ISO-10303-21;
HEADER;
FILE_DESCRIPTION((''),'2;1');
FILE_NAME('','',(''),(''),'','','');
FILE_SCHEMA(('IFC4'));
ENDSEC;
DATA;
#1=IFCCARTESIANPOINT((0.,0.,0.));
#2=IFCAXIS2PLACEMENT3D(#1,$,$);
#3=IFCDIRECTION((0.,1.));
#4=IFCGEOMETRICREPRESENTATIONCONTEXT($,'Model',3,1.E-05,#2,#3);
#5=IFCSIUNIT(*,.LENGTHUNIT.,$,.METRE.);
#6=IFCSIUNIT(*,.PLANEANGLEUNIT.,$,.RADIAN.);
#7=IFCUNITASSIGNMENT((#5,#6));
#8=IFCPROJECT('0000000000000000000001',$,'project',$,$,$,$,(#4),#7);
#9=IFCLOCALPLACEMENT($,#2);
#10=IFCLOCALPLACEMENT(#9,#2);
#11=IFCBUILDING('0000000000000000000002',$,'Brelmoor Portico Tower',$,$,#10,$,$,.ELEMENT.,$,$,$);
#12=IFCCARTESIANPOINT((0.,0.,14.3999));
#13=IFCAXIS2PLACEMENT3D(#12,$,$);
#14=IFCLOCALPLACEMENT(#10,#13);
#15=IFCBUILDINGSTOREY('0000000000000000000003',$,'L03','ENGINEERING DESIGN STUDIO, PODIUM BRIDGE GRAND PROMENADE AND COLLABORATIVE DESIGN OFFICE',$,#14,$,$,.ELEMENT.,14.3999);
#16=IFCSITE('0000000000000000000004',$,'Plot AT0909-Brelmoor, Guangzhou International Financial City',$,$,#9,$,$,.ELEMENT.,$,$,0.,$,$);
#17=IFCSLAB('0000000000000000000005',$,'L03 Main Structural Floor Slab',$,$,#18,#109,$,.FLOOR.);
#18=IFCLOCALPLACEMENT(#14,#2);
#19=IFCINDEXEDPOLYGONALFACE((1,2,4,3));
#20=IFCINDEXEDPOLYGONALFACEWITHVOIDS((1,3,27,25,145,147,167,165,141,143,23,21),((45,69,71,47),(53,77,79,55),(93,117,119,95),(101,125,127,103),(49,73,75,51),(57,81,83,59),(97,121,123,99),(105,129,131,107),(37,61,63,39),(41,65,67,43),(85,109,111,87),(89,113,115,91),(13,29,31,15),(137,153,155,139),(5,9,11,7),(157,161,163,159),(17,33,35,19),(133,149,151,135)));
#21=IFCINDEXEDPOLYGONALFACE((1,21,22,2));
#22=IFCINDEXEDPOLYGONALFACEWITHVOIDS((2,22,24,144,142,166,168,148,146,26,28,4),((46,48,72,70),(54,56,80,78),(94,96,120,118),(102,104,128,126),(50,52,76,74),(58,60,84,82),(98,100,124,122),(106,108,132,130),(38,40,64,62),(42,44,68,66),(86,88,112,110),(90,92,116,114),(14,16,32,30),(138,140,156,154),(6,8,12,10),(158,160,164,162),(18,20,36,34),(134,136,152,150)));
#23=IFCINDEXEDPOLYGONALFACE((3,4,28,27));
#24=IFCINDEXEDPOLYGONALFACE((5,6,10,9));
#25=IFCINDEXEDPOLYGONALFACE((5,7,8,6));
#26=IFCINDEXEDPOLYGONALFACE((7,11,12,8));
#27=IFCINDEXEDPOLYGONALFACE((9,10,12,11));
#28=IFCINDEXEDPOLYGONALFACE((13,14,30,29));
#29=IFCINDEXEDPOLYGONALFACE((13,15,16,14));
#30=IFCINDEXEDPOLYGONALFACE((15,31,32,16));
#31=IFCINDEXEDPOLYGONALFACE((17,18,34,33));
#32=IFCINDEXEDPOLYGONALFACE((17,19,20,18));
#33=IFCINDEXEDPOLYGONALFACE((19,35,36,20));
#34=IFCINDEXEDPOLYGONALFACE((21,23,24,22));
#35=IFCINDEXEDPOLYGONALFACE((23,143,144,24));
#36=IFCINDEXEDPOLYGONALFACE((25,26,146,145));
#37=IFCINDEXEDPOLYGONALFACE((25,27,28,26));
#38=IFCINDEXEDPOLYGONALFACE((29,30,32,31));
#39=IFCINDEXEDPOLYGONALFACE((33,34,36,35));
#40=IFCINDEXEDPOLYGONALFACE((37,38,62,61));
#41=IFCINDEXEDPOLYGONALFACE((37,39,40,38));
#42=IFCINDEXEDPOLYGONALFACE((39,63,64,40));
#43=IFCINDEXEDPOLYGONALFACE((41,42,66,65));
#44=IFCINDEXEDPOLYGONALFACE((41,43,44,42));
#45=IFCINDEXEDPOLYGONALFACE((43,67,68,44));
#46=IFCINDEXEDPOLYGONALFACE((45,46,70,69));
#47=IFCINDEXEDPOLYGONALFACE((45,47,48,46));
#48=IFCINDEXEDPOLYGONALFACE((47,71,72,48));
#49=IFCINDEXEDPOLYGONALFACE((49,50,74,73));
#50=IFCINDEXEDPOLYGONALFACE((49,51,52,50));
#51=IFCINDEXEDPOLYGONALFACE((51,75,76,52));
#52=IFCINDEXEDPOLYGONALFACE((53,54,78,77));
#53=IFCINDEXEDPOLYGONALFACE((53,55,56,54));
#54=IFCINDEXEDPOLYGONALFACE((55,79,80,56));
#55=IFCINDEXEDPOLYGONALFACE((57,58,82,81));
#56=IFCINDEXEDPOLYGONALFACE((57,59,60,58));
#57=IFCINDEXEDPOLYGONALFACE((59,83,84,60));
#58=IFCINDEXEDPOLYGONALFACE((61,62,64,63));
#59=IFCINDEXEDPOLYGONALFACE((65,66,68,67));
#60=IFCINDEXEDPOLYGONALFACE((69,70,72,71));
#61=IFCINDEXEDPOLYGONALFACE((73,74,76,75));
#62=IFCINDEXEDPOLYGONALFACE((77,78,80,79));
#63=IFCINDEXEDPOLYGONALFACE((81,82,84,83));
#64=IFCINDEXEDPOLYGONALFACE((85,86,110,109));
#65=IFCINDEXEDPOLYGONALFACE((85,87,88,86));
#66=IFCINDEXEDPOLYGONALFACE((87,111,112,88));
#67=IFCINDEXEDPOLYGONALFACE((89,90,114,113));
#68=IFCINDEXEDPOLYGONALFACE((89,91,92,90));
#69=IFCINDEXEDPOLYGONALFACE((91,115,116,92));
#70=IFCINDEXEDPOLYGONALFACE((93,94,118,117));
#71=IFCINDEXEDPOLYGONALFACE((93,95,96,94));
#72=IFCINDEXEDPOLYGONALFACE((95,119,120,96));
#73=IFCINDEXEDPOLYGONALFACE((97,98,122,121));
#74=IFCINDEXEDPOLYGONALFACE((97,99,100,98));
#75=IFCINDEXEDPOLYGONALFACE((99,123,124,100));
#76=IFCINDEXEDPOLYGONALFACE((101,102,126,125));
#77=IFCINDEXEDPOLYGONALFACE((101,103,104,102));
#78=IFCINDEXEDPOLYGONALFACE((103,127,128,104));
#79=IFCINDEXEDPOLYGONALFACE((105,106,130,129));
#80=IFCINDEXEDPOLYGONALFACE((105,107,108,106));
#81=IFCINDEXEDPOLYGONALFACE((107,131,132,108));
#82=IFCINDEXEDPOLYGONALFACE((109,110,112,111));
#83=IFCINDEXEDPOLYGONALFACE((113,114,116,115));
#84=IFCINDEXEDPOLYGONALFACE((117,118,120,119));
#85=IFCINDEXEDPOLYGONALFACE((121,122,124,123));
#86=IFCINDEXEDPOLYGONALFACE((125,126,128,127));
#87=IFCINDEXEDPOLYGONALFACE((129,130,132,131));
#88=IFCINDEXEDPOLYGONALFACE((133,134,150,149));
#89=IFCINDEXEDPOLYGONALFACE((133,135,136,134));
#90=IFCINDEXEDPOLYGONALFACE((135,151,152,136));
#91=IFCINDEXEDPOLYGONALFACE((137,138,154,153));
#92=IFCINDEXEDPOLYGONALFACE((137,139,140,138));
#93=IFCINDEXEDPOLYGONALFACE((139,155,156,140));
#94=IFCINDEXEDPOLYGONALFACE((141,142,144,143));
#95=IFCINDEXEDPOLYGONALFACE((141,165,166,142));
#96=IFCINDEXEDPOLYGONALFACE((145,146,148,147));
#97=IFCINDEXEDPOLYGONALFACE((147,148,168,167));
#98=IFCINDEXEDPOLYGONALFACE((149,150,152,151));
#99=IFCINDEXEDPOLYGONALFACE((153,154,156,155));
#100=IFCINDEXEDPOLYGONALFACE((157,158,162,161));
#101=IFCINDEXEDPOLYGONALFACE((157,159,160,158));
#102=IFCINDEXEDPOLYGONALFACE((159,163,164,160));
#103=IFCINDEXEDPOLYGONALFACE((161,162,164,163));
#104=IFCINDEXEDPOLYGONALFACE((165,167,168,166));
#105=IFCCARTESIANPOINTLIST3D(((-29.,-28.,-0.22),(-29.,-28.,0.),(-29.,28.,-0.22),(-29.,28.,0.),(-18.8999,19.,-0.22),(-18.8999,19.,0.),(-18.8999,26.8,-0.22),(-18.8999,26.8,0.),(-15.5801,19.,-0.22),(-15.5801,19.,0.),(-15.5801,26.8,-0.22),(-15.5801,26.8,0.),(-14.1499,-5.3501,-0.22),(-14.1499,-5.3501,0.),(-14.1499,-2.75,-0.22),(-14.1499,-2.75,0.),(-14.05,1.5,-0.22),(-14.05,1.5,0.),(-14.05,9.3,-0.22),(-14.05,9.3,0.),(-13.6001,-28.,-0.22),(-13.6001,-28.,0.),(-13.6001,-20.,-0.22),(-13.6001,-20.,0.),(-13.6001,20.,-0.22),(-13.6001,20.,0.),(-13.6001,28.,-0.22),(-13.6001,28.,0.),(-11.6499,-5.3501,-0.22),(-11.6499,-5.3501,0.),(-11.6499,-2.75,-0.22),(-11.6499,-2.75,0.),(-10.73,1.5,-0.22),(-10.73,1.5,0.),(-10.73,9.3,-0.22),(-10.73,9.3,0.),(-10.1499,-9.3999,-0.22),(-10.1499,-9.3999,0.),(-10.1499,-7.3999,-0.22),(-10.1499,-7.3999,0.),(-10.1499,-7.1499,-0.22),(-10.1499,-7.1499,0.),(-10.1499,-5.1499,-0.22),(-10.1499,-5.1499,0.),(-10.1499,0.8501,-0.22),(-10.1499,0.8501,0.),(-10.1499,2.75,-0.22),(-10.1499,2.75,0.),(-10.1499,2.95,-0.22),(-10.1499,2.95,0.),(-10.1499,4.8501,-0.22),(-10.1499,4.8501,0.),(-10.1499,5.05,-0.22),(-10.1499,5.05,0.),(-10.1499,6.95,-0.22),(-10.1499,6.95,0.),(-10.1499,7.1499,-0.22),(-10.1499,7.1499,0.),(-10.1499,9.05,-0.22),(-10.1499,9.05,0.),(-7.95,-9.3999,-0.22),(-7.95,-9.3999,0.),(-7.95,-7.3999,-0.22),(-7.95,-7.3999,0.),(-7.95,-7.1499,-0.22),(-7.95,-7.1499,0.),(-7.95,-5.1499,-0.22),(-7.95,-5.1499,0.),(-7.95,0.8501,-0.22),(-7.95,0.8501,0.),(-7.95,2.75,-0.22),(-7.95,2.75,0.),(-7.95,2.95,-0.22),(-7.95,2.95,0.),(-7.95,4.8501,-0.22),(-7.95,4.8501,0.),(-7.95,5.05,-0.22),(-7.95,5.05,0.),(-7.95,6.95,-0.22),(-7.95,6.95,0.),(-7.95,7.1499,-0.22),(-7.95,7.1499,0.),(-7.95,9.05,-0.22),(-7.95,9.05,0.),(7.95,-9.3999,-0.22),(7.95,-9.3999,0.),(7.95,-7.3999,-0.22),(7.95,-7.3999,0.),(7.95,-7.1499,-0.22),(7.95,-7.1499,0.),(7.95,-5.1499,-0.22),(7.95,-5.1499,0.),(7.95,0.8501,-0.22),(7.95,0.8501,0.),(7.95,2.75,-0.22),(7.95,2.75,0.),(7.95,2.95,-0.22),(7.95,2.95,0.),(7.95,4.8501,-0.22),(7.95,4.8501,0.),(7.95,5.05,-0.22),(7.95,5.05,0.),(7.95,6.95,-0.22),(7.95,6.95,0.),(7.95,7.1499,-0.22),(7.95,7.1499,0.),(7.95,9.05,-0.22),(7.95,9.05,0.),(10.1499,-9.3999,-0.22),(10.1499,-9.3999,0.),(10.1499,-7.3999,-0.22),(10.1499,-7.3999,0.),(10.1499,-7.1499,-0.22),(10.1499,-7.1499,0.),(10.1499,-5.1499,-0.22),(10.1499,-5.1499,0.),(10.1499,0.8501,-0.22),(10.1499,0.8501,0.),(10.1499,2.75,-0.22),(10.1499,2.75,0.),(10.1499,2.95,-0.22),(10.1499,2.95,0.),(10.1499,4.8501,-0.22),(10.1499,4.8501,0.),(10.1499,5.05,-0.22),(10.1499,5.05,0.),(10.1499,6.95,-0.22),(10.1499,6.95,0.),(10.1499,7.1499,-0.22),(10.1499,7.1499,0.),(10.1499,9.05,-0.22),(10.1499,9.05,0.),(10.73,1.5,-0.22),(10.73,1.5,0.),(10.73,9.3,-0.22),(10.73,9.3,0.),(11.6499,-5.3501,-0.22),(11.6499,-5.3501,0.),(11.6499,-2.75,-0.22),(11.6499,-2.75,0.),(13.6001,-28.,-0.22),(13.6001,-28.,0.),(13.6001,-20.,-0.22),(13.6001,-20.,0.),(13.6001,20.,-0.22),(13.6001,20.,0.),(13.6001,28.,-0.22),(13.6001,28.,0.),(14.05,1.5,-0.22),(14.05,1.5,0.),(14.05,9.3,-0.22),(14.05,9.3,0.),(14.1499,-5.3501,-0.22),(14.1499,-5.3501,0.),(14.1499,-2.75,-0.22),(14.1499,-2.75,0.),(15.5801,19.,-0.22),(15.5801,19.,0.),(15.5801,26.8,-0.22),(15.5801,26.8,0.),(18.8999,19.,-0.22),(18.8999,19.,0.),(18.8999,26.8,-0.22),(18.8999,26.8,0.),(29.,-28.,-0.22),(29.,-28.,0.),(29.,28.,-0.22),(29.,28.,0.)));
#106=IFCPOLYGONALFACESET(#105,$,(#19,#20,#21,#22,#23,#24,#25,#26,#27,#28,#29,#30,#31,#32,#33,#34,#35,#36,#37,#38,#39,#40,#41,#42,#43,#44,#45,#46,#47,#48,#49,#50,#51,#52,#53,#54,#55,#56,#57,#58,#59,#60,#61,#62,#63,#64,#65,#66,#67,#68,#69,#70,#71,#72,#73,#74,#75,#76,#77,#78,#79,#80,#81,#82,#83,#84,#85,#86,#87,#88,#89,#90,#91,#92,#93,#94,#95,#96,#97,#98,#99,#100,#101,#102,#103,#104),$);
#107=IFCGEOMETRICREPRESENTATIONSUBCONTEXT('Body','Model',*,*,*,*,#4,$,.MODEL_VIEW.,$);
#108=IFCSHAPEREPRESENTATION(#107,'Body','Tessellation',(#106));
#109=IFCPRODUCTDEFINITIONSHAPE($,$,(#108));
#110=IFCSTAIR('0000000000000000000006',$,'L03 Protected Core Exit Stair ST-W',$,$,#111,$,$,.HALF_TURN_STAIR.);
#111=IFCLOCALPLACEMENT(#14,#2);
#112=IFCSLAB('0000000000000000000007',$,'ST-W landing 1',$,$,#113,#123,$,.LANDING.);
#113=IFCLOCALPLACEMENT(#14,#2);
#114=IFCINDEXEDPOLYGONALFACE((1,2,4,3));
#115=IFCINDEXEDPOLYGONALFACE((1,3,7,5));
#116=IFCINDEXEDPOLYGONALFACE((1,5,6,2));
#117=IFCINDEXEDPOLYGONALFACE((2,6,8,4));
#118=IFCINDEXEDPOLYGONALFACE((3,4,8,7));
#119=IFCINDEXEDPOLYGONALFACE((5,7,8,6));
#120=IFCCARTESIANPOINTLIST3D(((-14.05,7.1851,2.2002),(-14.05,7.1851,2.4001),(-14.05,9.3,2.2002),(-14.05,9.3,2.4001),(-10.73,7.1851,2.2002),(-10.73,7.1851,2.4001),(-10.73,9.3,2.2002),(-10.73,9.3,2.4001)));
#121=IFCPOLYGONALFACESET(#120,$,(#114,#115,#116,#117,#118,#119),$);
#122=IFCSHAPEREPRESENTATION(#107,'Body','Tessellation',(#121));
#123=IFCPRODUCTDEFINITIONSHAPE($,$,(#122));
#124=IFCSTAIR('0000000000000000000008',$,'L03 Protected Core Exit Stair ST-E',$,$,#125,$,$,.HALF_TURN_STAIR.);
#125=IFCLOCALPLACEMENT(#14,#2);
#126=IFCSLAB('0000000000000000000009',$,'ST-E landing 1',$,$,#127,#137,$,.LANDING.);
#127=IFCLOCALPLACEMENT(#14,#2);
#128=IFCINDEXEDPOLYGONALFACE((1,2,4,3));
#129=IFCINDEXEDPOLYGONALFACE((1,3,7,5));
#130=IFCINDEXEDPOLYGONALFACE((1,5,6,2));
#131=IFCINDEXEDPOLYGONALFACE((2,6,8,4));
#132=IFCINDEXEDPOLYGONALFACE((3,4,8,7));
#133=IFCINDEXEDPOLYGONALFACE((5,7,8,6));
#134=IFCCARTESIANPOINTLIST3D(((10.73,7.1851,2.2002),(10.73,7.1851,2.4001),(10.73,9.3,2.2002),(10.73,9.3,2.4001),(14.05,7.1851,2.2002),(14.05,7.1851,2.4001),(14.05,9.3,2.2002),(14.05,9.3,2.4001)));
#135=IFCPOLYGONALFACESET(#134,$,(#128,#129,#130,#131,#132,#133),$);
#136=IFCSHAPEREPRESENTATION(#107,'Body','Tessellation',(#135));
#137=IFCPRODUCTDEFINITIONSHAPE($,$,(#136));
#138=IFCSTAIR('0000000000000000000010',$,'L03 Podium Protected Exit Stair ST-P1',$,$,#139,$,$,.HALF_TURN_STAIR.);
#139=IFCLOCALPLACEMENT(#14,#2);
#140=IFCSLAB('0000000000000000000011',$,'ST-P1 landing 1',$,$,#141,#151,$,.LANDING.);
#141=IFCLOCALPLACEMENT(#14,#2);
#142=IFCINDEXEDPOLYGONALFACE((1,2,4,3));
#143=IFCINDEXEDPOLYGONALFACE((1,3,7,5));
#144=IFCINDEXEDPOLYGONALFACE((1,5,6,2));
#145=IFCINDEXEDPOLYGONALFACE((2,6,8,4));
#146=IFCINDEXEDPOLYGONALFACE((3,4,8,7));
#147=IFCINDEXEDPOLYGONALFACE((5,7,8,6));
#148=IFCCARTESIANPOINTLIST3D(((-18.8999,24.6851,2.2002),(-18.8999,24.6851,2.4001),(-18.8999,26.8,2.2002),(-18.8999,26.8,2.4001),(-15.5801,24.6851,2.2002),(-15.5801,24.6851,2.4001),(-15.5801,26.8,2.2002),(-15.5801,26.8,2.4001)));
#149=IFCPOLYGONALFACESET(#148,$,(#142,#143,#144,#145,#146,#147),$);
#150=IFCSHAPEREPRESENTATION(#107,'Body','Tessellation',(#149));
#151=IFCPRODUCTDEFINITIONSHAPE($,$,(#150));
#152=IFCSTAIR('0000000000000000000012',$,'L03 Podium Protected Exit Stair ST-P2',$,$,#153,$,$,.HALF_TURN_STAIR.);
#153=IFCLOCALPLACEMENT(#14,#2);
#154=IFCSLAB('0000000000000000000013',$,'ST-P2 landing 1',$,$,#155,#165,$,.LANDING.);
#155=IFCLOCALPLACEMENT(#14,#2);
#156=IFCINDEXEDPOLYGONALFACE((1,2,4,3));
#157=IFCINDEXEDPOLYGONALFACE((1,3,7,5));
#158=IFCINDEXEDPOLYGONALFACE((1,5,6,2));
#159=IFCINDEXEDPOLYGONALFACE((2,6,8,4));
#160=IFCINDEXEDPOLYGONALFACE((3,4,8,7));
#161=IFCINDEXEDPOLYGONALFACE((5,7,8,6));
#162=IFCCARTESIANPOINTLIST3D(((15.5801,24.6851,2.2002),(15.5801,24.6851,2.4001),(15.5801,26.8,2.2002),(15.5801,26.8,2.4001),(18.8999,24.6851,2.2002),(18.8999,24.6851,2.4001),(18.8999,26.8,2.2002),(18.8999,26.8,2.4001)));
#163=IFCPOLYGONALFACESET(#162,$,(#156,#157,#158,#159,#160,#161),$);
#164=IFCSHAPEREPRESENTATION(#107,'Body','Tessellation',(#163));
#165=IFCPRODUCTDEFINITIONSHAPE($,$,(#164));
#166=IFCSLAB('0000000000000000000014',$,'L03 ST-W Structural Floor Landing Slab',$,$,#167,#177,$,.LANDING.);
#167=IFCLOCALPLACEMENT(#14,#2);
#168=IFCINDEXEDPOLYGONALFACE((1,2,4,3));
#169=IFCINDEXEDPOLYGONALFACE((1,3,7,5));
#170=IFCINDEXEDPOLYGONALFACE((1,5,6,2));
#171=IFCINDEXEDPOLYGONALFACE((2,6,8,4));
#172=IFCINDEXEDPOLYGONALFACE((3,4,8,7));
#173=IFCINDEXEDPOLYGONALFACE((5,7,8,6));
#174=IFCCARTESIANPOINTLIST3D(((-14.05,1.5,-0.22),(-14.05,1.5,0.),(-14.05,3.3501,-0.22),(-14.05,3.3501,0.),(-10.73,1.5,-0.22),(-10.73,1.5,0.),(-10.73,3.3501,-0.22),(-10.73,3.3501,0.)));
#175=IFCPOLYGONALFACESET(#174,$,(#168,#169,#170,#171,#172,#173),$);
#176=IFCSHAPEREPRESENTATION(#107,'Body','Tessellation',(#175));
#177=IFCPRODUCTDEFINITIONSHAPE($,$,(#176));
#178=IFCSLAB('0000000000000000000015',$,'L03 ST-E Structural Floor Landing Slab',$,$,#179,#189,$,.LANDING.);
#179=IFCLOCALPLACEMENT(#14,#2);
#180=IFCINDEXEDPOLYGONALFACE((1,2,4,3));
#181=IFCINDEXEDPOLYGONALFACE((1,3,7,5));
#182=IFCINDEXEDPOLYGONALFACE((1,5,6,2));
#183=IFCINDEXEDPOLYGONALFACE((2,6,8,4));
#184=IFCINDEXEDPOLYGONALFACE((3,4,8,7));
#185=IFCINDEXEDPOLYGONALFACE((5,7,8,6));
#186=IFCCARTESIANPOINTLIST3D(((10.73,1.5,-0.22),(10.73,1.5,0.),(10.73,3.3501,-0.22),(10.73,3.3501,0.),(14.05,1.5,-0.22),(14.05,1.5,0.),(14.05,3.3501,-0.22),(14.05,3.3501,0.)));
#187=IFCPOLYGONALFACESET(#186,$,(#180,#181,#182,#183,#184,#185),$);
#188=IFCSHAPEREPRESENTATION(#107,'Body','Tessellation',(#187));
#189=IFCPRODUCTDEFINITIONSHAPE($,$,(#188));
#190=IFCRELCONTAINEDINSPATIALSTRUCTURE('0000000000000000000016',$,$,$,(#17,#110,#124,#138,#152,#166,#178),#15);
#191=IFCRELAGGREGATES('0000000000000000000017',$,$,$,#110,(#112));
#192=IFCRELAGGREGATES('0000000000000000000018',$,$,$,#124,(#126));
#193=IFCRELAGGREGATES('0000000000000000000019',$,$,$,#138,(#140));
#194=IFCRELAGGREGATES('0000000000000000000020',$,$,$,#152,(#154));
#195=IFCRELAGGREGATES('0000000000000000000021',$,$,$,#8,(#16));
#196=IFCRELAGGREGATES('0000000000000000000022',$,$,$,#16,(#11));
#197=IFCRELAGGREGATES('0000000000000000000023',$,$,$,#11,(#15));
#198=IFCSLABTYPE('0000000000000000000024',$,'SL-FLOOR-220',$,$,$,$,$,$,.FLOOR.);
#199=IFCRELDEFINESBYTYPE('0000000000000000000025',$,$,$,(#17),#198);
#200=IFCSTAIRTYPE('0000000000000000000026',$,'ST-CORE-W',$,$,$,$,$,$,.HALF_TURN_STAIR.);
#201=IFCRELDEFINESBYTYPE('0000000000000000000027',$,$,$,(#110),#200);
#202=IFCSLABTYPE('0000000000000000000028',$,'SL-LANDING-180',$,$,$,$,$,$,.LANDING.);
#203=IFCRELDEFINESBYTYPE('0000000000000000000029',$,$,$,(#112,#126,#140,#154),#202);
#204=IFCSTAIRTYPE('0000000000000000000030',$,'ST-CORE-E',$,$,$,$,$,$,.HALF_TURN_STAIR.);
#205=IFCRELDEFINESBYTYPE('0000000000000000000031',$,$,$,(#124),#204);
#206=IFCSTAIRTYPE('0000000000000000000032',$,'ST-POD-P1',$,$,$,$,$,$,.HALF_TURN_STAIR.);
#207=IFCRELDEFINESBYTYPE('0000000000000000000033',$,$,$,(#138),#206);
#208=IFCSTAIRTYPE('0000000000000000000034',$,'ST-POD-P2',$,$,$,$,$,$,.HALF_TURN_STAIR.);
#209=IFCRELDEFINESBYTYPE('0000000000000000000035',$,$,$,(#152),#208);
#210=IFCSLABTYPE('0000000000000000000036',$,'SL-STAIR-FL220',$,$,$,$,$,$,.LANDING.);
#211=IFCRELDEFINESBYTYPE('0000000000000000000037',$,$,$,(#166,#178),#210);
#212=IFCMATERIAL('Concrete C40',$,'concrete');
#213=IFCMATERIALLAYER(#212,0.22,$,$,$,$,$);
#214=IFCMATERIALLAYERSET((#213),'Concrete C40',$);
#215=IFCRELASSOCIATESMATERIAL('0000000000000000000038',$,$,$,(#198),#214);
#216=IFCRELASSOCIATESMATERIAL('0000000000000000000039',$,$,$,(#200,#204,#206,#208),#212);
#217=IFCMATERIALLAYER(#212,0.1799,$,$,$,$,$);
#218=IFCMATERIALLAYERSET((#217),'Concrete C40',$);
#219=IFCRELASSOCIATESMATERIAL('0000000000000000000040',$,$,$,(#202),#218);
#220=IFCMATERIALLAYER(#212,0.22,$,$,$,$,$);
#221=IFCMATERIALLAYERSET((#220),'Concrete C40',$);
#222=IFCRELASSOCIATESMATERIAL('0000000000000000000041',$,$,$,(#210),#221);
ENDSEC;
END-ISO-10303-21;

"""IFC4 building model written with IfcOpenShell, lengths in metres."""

from ifc_helpers import new_model, si_unit, direction, frame, origin, place, context, subcontext, project, spatial, polyline, outline, extrude, material, layer, layer_set, type_object, element, aggregate, save


model = new_model("IFC4")

# Units and contexts
model_context = context("Model", 3, precision=1e-05, world=origin(), true_north=direction((0.0, 1.0)))
body_context = subcontext(model_context, "Body", "Model", "MODEL_VIEW")
ifc_project = project(units=[si_unit("LENGTHUNIT", "METRE"), si_unit("PLANEANGLEUNIT", "RADIAN")], contexts=[model_context])

# Site, building, storey
site_placement = place(None, origin())
site = spatial("IfcSite", under=ifc_project, at=site_placement, Name="Plot AT0909-Brelmoor, Guangzhou International Financial City", CompositionType="ELEMENT", RefElevation=0.0)
building_placement = place(site_placement, origin())
building = spatial("IfcBuilding", under=site, at=building_placement, Name="Brelmoor Portico Tower", CompositionType="ELEMENT")
storey_placement = place(building_placement, frame((0.0, 0.0, 14.3999)))
storey = spatial("IfcBuildingStorey", under=building, at=storey_placement, Name="L03", Description="ENGINEERING DESIGN STUDIO, PODIUM BRIDGE GRAND PROMENADE AND COLLABORATIVE DESIGN OFFICE", CompositionType="ELEMENT", Elevation=14.3999)

# Slab
ifc_material_1 = material(Name="Concrete C40", Category="concrete")
ifc_layer_1 = layer(ifc_material_1, 0.22)
ifc_layer_set_1 = layer_set([ifc_layer_1], Name="Concrete C40")
slab_type_1 = type_object("IfcSlabType", Name="SL-FLOOR-220", PredefinedType="FLOOR", material=ifc_layer_set_1)
slab_1_placement = place(storey_placement, frame((0.0, 0.0, -0.22)))
element("IfcSlab", 1, at=slab_1_placement, inside=storey, type_object=slab_type_1, Name="L03 Main Structural Floor Slab", PredefinedType="FLOOR", context=body_context, shape_type="SweptSolid", body=[
    extrude(outline(polyline([(-29.0, -28.0), (-13.6001, -28.0), (-13.6001, -20.0), (13.6001, -20.0), (13.6001, -28.0), (29.0, -28.0), (29.0, 28.0), (13.6001, 28.0), (13.6001, 20.0), (-13.6001, 20.0), (-13.6001, 28.0), (-29.0, 28.0), (-29.0, -28.0)]), holes=[polyline([(-10.73, 1.5), (-10.73, 9.3), (-14.05, 9.3), (-14.05, 1.5), (-10.73, 1.5)]), polyline([(14.05, 1.5), (14.05, 9.3), (10.73, 9.3), (10.73, 1.5), (14.05, 1.5)]), polyline([(-15.5801, 19.0), (-15.5801, 26.8), (-18.8999, 26.8), (-18.8999, 19.0), (-15.5801, 19.0)]), polyline([(18.8999, 19.0), (18.8999, 26.8), (15.5801, 26.8), (15.5801, 19.0), (18.8999, 19.0)]), polyline([(-10.1499, 0.8501), (-7.95, 0.8501), (-7.95, 2.75), (-10.1499, 2.75), (-10.1499, 0.8501)]), polyline([(-10.1499, 2.95), (-7.95, 2.95), (-7.95, 4.8501), (-10.1499, 4.8501), (-10.1499, 2.95)]), polyline([(-10.1499, 5.05), (-7.95, 5.05), (-7.95, 6.95), (-10.1499, 6.95), (-10.1499, 5.05)]), polyline([(-10.1499, 7.1499), (-7.95, 7.1499), (-7.95, 9.05), (-10.1499, 9.05), (-10.1499, 7.1499)]), polyline([(7.95, 0.8501), (10.1499, 0.8501), (10.1499, 2.75), (7.95, 2.75), (7.95, 0.8501)]), polyline([(7.95, 2.95), (10.1499, 2.95), (10.1499, 4.8501), (7.95, 4.8501), (7.95, 2.95)]), polyline([(7.95, 5.05), (10.1499, 5.05), (10.1499, 6.95), (7.95, 6.95), (7.95, 5.05)]), polyline([(7.95, 7.1499), (10.1499, 7.1499), (10.1499, 9.05), (7.95, 9.05), (7.95, 7.1499)]), polyline([(-10.1499, -9.3999), (-7.95, -9.3999), (-7.95, -7.3999), (-10.1499, -7.3999), (-10.1499, -9.3999)]), polyline([(-10.1499, -7.1499), (-7.95, -7.1499), (-7.95, -5.1499), (-10.1499, -5.1499), (-10.1499, -7.1499)]), polyline([(7.95, -9.3999), (10.1499, -9.3999), (10.1499, -7.3999), (7.95, -7.3999), (7.95, -9.3999)]), polyline([(7.95, -7.1499), (10.1499, -7.1499), (10.1499, -5.1499), (7.95, -5.1499), (7.95, -7.1499)]), polyline([(-14.1499, -5.3501), (-11.6499, -5.3501), (-11.6499, -2.75), (-14.1499, -2.75), (-14.1499, -5.3501)]), polyline([(11.6499, -5.3501), (14.1499, -5.3501), (14.1499, -2.75), (11.6499, -2.75), (11.6499, -5.3501)])]), origin(), (0.0, 0.0, 1.0), 0.22),
])

# Stairs, slabs
stair_type_1 = type_object("IfcStairType", Name="ST-CORE-W", PredefinedType="HALF_TURN_STAIR", material=ifc_material_1)
stair_1_placement = place(storey_placement, origin())
stair_1 = element("IfcStair", 2, at=stair_1_placement, inside=storey, type_object=stair_type_1, Name="L03 Protected Core Exit Stair ST-W", PredefinedType="HALF_TURN_STAIR")
ifc_layer_2 = layer(ifc_material_1, 0.1799)
ifc_layer_set_2 = layer_set([ifc_layer_2], Name="Concrete C40")
slab_type_2 = type_object("IfcSlabType", Name="SL-LANDING-180", PredefinedType="LANDING", material=ifc_layer_set_2)
slab_2_placement = place(storey_placement, frame((0.0, 0.0, 2.2002)))
slab_2 = element("IfcSlab", 3, at=slab_2_placement, type_object=slab_type_2, Name="ST-W landing 1", PredefinedType="LANDING", context=body_context, shape_type="SweptSolid", body=[
    extrude(outline(polyline([(-10.73, 7.1851), (-10.73, 9.3), (-14.05, 9.3), (-14.05, 7.1851), (-10.73, 7.1851)])), origin(), (0.0, 0.0, 1.0), 0.2),
])
aggregate(stair_1, [slab_2])
stair_type_2 = type_object("IfcStairType", Name="ST-CORE-E", PredefinedType="HALF_TURN_STAIR", material=ifc_material_1)
stair_2_placement = place(storey_placement, origin())
stair_2 = element("IfcStair", 4, at=stair_2_placement, inside=storey, type_object=stair_type_2, Name="L03 Protected Core Exit Stair ST-E", PredefinedType="HALF_TURN_STAIR")
slab_3_placement = place(storey_placement, frame((0.0, 0.0, 2.2002)))
slab_3 = element("IfcSlab", 5, at=slab_3_placement, type_object=slab_type_2, Name="ST-E landing 1", PredefinedType="LANDING", context=body_context, shape_type="SweptSolid", body=[
    extrude(outline(polyline([(14.05, 7.1851), (14.05, 9.3), (10.73, 9.3), (10.73, 7.1851), (14.05, 7.1851)])), origin(), (0.0, 0.0, 1.0), 0.2),
])
aggregate(stair_2, [slab_3])
stair_type_3 = type_object("IfcStairType", Name="ST-POD-P1", PredefinedType="HALF_TURN_STAIR", material=ifc_material_1)
stair_3_placement = place(storey_placement, origin())
stair_3 = element("IfcStair", 6, at=stair_3_placement, inside=storey, type_object=stair_type_3, Name="L03 Podium Protected Exit Stair ST-P1", PredefinedType="HALF_TURN_STAIR")
slab_4_placement = place(storey_placement, frame((0.0, 0.0, 2.2002)))
slab_4 = element("IfcSlab", 7, at=slab_4_placement, type_object=slab_type_2, Name="ST-P1 landing 1", PredefinedType="LANDING", context=body_context, shape_type="SweptSolid", body=[
    extrude(outline(polyline([(-15.5801, 24.6851), (-15.5801, 26.8), (-18.8999, 26.8), (-18.8999, 24.6851), (-15.5801, 24.6851)])), origin(), (0.0, 0.0, 1.0), 0.2),
])
aggregate(stair_3, [slab_4])
stair_type_4 = type_object("IfcStairType", Name="ST-POD-P2", PredefinedType="HALF_TURN_STAIR", material=ifc_material_1)
stair_4_placement = place(storey_placement, origin())
stair_4 = element("IfcStair", 8, at=stair_4_placement, inside=storey, type_object=stair_type_4, Name="L03 Podium Protected Exit Stair ST-P2", PredefinedType="HALF_TURN_STAIR")
slab_5_placement = place(storey_placement, frame((0.0, 0.0, 2.2002)))
slab_5 = element("IfcSlab", 9, at=slab_5_placement, type_object=slab_type_2, Name="ST-P2 landing 1", PredefinedType="LANDING", context=body_context, shape_type="SweptSolid", body=[
    extrude(outline(polyline([(18.8999, 24.6851), (18.8999, 26.8), (15.5801, 26.8), (15.5801, 24.6851), (18.8999, 24.6851)])), origin(), (0.0, 0.0, 1.0), 0.2),
])
aggregate(stair_4, [slab_5])

# Slabs
ifc_layer_3 = layer(ifc_material_1, 0.22)
ifc_layer_set_3 = layer_set([ifc_layer_3], Name="Concrete C40")
slab_type_3 = type_object("IfcSlabType", Name="SL-STAIR-FL220", PredefinedType="LANDING", material=ifc_layer_set_3)
slab_6_placement = place(storey_placement, frame((0.0, 0.0, -0.22)))
element("IfcSlab", 10, at=slab_6_placement, inside=storey, type_object=slab_type_3, Name="L03 ST-W Structural Floor Landing Slab", PredefinedType="LANDING", context=body_context, shape_type="SweptSolid", body=[
    extrude(outline(polyline([(-10.73, 1.5), (-10.73, 3.3501), (-14.05, 3.3501), (-14.05, 1.5), (-10.73, 1.5)])), origin(), (0.0, 0.0, 1.0), 0.22),
])
slab_7_placement = place(storey_placement, frame((0.0, 0.0, -0.22)))
element("IfcSlab", 11, at=slab_7_placement, inside=storey, type_object=slab_type_3, Name="L03 ST-E Structural Floor Landing Slab", PredefinedType="LANDING", context=body_context, shape_type="SweptSolid", body=[
    extrude(outline(polyline([(14.05, 1.5), (14.05, 3.3501), (10.73, 3.3501), (10.73, 1.5), (14.05, 1.5)])), origin(), (0.0, 0.0, 1.0), 0.22),
])

save(model, "model.ifc")
